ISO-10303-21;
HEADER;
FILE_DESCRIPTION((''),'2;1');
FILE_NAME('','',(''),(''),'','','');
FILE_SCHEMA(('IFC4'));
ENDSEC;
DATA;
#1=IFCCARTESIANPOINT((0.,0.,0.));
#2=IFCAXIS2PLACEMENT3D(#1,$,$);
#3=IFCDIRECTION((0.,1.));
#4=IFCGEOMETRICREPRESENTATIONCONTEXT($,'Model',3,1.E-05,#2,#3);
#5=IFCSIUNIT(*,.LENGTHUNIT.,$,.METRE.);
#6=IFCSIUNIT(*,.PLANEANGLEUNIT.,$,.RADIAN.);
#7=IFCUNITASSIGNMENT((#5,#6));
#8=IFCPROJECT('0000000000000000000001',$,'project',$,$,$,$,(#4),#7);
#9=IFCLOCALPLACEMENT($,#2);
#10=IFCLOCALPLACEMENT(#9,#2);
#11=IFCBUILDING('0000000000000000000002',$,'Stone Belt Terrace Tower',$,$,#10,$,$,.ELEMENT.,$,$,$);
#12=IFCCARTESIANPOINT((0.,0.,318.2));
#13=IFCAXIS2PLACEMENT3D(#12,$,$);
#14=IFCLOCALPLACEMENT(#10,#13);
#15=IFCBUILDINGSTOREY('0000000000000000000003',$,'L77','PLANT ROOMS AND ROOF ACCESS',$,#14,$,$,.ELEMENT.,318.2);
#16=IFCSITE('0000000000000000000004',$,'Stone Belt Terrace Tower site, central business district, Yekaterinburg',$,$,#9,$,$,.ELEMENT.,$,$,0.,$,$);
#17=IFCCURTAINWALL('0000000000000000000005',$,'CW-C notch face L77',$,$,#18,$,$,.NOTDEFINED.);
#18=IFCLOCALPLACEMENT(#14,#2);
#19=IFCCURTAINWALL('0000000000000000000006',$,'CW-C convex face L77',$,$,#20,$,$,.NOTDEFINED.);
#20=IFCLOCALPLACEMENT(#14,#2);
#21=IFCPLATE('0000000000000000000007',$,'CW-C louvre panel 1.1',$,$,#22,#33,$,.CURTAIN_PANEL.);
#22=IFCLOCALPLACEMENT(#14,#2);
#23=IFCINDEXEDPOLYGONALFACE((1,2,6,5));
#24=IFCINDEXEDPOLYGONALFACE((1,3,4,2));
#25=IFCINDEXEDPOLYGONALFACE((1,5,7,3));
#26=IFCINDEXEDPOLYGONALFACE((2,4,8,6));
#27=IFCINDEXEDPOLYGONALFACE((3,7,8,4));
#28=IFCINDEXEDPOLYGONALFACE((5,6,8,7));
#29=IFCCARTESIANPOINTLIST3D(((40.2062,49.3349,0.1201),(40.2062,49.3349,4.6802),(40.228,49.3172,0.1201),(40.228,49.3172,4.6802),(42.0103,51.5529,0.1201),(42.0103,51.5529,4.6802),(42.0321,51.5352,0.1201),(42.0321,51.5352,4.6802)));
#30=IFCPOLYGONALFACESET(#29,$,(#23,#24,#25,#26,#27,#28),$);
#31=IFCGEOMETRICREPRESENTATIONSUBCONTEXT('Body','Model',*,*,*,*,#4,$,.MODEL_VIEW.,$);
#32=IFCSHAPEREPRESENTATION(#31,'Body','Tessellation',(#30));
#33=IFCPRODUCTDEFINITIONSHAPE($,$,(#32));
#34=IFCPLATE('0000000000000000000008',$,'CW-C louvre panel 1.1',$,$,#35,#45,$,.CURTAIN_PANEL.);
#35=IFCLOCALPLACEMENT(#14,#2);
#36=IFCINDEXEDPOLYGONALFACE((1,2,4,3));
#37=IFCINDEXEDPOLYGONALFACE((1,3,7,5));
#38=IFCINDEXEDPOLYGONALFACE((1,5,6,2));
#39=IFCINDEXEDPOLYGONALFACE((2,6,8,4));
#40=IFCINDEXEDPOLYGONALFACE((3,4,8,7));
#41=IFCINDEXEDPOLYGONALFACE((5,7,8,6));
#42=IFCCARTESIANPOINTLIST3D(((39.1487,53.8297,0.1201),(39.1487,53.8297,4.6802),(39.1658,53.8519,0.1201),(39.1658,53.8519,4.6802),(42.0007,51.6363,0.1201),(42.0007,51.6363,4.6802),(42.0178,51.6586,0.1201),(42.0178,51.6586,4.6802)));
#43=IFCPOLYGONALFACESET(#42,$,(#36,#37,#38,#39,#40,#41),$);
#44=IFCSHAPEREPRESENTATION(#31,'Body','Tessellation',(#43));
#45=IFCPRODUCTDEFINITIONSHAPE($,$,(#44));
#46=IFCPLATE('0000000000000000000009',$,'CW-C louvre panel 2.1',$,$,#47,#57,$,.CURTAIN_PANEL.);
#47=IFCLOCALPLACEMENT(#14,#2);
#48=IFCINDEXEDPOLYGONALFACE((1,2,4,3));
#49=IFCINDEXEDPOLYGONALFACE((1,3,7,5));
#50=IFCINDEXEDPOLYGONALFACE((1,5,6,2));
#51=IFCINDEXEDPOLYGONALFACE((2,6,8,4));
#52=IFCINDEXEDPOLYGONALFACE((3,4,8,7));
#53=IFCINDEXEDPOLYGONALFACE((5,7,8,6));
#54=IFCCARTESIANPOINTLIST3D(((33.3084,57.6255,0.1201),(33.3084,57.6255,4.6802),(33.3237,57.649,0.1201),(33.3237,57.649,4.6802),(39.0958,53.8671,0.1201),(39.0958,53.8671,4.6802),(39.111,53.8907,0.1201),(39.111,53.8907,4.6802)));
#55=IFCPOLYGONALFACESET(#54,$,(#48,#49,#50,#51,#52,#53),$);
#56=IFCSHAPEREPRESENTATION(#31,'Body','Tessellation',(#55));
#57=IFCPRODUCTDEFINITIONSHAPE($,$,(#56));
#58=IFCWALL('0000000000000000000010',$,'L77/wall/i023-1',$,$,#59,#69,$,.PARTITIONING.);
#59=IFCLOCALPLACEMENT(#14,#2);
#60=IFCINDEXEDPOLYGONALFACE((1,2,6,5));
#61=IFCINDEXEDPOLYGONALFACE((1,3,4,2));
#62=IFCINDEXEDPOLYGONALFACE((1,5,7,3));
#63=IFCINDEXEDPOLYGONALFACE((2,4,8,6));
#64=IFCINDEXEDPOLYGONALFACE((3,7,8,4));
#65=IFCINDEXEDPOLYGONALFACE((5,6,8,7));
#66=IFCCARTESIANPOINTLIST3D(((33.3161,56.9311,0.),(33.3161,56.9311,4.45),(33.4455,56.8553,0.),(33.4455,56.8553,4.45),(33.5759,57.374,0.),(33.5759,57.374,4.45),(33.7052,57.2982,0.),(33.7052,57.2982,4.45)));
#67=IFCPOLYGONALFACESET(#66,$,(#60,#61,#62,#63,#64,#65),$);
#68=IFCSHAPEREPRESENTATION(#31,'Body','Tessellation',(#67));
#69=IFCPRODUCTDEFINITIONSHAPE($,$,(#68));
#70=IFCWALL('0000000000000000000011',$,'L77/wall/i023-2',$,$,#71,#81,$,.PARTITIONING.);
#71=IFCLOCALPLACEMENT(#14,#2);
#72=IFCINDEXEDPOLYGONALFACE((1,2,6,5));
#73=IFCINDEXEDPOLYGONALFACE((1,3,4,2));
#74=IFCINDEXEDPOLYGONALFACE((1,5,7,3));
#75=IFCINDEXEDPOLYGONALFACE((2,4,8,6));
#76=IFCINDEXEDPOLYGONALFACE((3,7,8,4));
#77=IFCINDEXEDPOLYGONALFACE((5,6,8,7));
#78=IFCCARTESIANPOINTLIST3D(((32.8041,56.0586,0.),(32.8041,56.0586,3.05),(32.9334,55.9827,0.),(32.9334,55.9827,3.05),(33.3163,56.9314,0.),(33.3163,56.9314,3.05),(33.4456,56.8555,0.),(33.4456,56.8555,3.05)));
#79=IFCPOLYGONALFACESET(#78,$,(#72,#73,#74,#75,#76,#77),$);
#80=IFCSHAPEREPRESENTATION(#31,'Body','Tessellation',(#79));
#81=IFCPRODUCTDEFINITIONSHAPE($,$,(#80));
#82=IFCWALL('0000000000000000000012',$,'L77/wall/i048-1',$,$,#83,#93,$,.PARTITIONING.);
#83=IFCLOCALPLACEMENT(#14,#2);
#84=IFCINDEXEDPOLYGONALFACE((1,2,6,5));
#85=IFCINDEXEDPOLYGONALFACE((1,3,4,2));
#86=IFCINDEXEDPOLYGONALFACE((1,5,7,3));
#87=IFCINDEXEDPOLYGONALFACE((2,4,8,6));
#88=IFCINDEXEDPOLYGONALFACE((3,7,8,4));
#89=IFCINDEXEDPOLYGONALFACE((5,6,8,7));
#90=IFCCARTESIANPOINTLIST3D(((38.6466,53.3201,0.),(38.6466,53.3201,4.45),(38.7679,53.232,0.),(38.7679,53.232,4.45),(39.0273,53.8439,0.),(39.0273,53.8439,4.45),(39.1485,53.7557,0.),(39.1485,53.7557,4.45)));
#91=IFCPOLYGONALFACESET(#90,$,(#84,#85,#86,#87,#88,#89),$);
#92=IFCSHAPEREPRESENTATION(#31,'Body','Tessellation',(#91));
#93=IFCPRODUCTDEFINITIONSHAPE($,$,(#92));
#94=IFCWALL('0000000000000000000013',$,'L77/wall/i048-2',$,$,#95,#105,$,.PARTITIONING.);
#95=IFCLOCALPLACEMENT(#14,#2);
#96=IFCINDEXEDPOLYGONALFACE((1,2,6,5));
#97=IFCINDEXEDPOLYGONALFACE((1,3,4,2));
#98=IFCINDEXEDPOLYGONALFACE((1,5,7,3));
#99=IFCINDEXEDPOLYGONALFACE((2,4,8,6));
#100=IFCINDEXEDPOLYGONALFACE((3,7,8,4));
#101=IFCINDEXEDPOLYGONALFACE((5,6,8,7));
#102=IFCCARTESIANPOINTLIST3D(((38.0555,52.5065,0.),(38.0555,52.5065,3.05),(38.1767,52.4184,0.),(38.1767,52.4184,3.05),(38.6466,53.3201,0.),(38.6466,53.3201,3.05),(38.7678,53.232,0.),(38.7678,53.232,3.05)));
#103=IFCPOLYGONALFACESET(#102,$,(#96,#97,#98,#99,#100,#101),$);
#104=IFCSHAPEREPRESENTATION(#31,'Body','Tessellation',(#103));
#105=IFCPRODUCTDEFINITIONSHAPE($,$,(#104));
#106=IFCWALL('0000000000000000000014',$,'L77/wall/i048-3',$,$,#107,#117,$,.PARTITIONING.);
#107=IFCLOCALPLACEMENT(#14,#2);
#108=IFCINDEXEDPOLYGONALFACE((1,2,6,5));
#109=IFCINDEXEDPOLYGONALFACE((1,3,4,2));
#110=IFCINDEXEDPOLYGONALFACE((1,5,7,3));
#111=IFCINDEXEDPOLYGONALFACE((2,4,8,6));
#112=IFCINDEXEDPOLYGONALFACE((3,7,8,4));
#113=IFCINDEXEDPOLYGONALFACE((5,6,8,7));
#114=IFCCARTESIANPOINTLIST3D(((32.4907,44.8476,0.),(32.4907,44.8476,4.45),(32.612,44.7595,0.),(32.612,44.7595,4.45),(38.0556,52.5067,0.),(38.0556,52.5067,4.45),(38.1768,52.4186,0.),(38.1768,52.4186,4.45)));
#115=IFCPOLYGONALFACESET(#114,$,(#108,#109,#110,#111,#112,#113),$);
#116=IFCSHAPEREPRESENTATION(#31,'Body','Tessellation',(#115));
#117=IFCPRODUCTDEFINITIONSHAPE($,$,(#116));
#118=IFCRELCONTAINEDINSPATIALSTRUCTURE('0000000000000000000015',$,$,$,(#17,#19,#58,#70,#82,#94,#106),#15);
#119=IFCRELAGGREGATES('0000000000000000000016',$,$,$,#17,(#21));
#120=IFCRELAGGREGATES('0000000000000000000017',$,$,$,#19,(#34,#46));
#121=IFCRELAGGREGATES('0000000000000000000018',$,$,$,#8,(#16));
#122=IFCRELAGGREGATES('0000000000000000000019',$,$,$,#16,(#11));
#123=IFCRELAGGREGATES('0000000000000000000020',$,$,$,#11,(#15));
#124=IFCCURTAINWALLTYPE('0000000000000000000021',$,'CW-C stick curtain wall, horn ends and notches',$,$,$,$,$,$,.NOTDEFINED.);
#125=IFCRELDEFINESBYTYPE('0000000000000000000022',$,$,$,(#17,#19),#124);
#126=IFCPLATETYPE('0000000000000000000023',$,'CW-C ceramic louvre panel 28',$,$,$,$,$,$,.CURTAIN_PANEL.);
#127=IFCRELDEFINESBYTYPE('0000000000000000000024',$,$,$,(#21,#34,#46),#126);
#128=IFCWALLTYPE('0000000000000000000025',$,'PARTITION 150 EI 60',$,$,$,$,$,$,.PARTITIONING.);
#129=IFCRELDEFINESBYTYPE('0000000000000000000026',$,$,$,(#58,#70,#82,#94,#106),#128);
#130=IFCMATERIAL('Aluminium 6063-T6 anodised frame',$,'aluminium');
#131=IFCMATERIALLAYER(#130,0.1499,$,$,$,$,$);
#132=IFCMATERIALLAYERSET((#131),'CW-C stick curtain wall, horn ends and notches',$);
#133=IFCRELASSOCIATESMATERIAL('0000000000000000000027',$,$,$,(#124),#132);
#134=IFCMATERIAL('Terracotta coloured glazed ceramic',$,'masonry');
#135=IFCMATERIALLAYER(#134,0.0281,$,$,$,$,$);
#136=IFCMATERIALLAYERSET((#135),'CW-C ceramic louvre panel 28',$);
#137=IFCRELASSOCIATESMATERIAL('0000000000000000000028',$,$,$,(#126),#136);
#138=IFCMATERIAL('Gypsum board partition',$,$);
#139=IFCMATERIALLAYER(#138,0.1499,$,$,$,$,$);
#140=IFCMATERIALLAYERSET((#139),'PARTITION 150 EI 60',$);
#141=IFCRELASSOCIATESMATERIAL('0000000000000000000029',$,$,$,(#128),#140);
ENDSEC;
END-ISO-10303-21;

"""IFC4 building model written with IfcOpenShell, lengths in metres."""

from ifc_helpers import new_model, si_unit, direction, frame, frame_2d, origin, origin_2d, place, context, subcontext, project, spatial, rectangle, extrude, material, layer, layer_set, type_object, element, aggregate, save


model = new_model("IFC4")

# Units and contexts
model_context = context("Model", 3, precision=1e-05, world=origin(), true_north=direction((0.0, 1.0)))
body_context = subcontext(model_context, "Body", "Model", "MODEL_VIEW")
ifc_project = project(units=[si_unit("LENGTHUNIT", "METRE"), si_unit("PLANEANGLEUNIT", "RADIAN")], contexts=[model_context])

# Site, building, storey
site_placement = place(None, origin())
site = spatial("IfcSite", under=ifc_project, at=site_placement, Name="Stone Belt Terrace Tower site, central business district, Yekaterinburg", CompositionType="ELEMENT", RefElevation=0.0)
building_placement = place(site_placement, origin())
building = spatial("IfcBuilding", under=site, at=building_placement, Name="Stone Belt Terrace Tower", CompositionType="ELEMENT")
storey_placement = place(building_placement, frame((0.0, 0.0, 318.2)))
storey = spatial("IfcBuildingStorey", under=building, at=storey_placement, Name="L77", Description="PLANT ROOMS AND ROOF ACCESS", CompositionType="ELEMENT", Elevation=318.2)

# Curtain wall
ifc_material_1 = material(Name="Aluminium 6063-T6 anodised frame", Category="aluminium")
ifc_layer_1 = layer(ifc_material_1, 0.1499)
ifc_layer_set_1 = layer_set([ifc_layer_1], Name="CW-C stick curtain wall, horn ends and notches")
curtain_wall_type = type_object("IfcCurtainWallType", Name="CW-C stick curtain wall, horn ends and notches", PredefinedType="NOTDEFINED", material=ifc_layer_set_1)
curtain_wall_1_placement = place(storey_placement, origin())
curtain_wall_1 = element("IfcCurtainWall", 1, at=curtain_wall_1_placement, inside=storey, type_object=curtain_wall_type, Name="CW-C notch face L77", PredefinedType="NOTDEFINED")

# Curtain wall
curtain_wall_2_placement = place(storey_placement, origin())
curtain_wall_2 = element("IfcCurtainWall", 2, at=curtain_wall_2_placement, inside=storey, type_object=curtain_wall_type, Name="CW-C convex face L77", PredefinedType="NOTDEFINED")

# Shared definitions
ifc_material_2 = material(Name="Terracotta coloured glazed ceramic", Category="masonry")
ifc_layer_2 = layer(ifc_material_2, 0.0281)
ifc_layer_set_2 = layer_set([ifc_layer_2], Name="CW-C ceramic louvre panel 28")
plate_type = type_object("IfcPlateType", Name="CW-C ceramic louvre panel 28", PredefinedType="CURTAIN_PANEL", material=ifc_layer_set_2)

# Plates
plate_1_placement = place(storey_placement, frame((41.1191, 50.4351, 0.1201), z_axis=(0.0, 0.0, 1.0), x_axis=(0.631001, 0.775782, 0.0)))
plate_1 = element("IfcPlate", 3, at=plate_1_placement, type_object=plate_type, Name="CW-C louvre panel 1.1", PredefinedType="CURTAIN_PANEL", context=body_context, shape_type="SweptSolid", body=[
    extrude(rectangle(XDim=2.8591, YDim=0.0281, at=origin_2d()), origin(), (0.0, 0.0, 1.0), 4.5601),
])
aggregate(curtain_wall_1, [plate_1])
plate_2_placement = place(storey_placement, frame((40.5833, 52.7441, 0.1201), z_axis=(0.0, 0.0, 1.0), x_axis=(-0.792694, 0.60962, 0.0)))
plate_2 = element("IfcPlate", 4, at=plate_2_placement, type_object=plate_type, Name="CW-C louvre panel 1.1", PredefinedType="CURTAIN_PANEL", context=body_context, shape_type="SweptSolid", body=[
    extrude(rectangle(XDim=3.5979, YDim=0.0281, at=origin_2d()), origin(), (0.0, 0.0, 1.0), 4.5601),
])
plate_3_placement = place(storey_placement, frame((36.2097, 55.7581, 0.1201), z_axis=(0.0, 0.0, 1.0), x_axis=(-0.838671, 0.544639, 0.0)))
plate_3 = element("IfcPlate", 5, at=plate_3_placement, type_object=plate_type, Name="CW-C louvre panel 2.1", PredefinedType="CURTAIN_PANEL", context=body_context, shape_type="SweptSolid", body=[
    extrude(rectangle(XDim=6.9006, YDim=0.0281, at=origin_2d()), origin(), (0.0, 0.0, 1.0), 4.5601),
])
aggregate(curtain_wall_2, [plate_2, plate_3])

# Walls
ifc_material_3 = material(Name="Gypsum board partition")
ifc_layer_3 = layer(ifc_material_3, 0.1499)
ifc_layer_set_3 = layer_set([ifc_layer_3], Name="PARTITION 150 EI 60")
wall_type = type_object("IfcWallType", Name="PARTITION 150 EI 60", PredefinedType="PARTITIONING", material=ifc_layer_set_3)
wall_1_placement = place(storey_placement, frame((33.6406, 57.3362, 0.0), z_axis=(0.0, 0.0, 1.0), x_axis=(-0.505939, -0.862569, 0.0)))
element("IfcWall", 6, at=wall_1_placement, inside=storey, type_object=wall_type, Name="L77/wall/i023-1", PredefinedType="PARTITIONING", context=body_context, shape_type="SweptSolid", body=[
    extrude(rectangle(XDim=0.5134, YDim=0.1499, at=frame_2d((0.2568, 0.0))), origin(), (0.0, 0.0, 1.0), 4.45),
])
wall_2_placement = place(storey_placement, frame((33.3809, 56.8933, 0.0), z_axis=(0.0, 0.0, 1.0), x_axis=(-0.506134, -0.862455, 0.0)))
element("IfcWall", 7, at=wall_2_placement, inside=storey, type_object=wall_type, Name="L77/wall/i023-2", PredefinedType="PARTITIONING", context=body_context, shape_type="SweptSolid", body=[
    extrude(rectangle(XDim=1.012, YDim=0.1499, at=frame_2d((0.5059, 0.0))), origin(), (0.0, 0.0, 1.0), 3.05),
])
wall_3_placement = place(storey_placement, frame((39.0879, 53.7998, 0.0), z_axis=(0.0, 0.0, 1.0), x_axis=(-0.587925, -0.808915, 0.0)))
element("IfcWall", 8, at=wall_3_placement, inside=storey, type_object=wall_type, Name="L77/wall/i048-1", PredefinedType="PARTITIONING", context=body_context, shape_type="SweptSolid", body=[
    extrude(rectangle(XDim=0.6475, YDim=0.1499, at=frame_2d((0.3237, 0.0))), origin(), (0.0, 0.0, 1.0), 4.45),
])
wall_4_placement = place(storey_placement, frame((38.7073, 53.2761, 0.0), z_axis=(0.0, 0.0, 1.0), x_axis=(-0.587811, -0.808998, 0.0)))
element("IfcWall", 9, at=wall_4_placement, inside=storey, type_object=wall_type, Name="L77/wall/i048-2", PredefinedType="PARTITIONING", context=body_context, shape_type="SweptSolid", body=[
    extrude(rectangle(XDim=1.0056, YDim=0.1499, at=frame_2d((0.5029, 0.0))), origin(), (0.0, 0.0, 1.0), 3.05),
])
wall_5_placement = place(storey_placement, frame((38.1162, 52.4626, 0.0), z_axis=(0.0, 0.0, 1.0), x_axis=(-0.587801, -0.809006, 0.0)))
element("IfcWall", 10, at=wall_5_placement, inside=storey, type_object=wall_type, Name="L77/wall/i048-3", PredefinedType="PARTITIONING", context=body_context, shape_type="SweptSolid", body=[
    extrude(rectangle(XDim=9.4673, YDim=0.1499, at=frame_2d((4.7336, 0.0))), origin(), (0.0, 0.0, 1.0), 4.45),
])

save(model, "model.ifc")
